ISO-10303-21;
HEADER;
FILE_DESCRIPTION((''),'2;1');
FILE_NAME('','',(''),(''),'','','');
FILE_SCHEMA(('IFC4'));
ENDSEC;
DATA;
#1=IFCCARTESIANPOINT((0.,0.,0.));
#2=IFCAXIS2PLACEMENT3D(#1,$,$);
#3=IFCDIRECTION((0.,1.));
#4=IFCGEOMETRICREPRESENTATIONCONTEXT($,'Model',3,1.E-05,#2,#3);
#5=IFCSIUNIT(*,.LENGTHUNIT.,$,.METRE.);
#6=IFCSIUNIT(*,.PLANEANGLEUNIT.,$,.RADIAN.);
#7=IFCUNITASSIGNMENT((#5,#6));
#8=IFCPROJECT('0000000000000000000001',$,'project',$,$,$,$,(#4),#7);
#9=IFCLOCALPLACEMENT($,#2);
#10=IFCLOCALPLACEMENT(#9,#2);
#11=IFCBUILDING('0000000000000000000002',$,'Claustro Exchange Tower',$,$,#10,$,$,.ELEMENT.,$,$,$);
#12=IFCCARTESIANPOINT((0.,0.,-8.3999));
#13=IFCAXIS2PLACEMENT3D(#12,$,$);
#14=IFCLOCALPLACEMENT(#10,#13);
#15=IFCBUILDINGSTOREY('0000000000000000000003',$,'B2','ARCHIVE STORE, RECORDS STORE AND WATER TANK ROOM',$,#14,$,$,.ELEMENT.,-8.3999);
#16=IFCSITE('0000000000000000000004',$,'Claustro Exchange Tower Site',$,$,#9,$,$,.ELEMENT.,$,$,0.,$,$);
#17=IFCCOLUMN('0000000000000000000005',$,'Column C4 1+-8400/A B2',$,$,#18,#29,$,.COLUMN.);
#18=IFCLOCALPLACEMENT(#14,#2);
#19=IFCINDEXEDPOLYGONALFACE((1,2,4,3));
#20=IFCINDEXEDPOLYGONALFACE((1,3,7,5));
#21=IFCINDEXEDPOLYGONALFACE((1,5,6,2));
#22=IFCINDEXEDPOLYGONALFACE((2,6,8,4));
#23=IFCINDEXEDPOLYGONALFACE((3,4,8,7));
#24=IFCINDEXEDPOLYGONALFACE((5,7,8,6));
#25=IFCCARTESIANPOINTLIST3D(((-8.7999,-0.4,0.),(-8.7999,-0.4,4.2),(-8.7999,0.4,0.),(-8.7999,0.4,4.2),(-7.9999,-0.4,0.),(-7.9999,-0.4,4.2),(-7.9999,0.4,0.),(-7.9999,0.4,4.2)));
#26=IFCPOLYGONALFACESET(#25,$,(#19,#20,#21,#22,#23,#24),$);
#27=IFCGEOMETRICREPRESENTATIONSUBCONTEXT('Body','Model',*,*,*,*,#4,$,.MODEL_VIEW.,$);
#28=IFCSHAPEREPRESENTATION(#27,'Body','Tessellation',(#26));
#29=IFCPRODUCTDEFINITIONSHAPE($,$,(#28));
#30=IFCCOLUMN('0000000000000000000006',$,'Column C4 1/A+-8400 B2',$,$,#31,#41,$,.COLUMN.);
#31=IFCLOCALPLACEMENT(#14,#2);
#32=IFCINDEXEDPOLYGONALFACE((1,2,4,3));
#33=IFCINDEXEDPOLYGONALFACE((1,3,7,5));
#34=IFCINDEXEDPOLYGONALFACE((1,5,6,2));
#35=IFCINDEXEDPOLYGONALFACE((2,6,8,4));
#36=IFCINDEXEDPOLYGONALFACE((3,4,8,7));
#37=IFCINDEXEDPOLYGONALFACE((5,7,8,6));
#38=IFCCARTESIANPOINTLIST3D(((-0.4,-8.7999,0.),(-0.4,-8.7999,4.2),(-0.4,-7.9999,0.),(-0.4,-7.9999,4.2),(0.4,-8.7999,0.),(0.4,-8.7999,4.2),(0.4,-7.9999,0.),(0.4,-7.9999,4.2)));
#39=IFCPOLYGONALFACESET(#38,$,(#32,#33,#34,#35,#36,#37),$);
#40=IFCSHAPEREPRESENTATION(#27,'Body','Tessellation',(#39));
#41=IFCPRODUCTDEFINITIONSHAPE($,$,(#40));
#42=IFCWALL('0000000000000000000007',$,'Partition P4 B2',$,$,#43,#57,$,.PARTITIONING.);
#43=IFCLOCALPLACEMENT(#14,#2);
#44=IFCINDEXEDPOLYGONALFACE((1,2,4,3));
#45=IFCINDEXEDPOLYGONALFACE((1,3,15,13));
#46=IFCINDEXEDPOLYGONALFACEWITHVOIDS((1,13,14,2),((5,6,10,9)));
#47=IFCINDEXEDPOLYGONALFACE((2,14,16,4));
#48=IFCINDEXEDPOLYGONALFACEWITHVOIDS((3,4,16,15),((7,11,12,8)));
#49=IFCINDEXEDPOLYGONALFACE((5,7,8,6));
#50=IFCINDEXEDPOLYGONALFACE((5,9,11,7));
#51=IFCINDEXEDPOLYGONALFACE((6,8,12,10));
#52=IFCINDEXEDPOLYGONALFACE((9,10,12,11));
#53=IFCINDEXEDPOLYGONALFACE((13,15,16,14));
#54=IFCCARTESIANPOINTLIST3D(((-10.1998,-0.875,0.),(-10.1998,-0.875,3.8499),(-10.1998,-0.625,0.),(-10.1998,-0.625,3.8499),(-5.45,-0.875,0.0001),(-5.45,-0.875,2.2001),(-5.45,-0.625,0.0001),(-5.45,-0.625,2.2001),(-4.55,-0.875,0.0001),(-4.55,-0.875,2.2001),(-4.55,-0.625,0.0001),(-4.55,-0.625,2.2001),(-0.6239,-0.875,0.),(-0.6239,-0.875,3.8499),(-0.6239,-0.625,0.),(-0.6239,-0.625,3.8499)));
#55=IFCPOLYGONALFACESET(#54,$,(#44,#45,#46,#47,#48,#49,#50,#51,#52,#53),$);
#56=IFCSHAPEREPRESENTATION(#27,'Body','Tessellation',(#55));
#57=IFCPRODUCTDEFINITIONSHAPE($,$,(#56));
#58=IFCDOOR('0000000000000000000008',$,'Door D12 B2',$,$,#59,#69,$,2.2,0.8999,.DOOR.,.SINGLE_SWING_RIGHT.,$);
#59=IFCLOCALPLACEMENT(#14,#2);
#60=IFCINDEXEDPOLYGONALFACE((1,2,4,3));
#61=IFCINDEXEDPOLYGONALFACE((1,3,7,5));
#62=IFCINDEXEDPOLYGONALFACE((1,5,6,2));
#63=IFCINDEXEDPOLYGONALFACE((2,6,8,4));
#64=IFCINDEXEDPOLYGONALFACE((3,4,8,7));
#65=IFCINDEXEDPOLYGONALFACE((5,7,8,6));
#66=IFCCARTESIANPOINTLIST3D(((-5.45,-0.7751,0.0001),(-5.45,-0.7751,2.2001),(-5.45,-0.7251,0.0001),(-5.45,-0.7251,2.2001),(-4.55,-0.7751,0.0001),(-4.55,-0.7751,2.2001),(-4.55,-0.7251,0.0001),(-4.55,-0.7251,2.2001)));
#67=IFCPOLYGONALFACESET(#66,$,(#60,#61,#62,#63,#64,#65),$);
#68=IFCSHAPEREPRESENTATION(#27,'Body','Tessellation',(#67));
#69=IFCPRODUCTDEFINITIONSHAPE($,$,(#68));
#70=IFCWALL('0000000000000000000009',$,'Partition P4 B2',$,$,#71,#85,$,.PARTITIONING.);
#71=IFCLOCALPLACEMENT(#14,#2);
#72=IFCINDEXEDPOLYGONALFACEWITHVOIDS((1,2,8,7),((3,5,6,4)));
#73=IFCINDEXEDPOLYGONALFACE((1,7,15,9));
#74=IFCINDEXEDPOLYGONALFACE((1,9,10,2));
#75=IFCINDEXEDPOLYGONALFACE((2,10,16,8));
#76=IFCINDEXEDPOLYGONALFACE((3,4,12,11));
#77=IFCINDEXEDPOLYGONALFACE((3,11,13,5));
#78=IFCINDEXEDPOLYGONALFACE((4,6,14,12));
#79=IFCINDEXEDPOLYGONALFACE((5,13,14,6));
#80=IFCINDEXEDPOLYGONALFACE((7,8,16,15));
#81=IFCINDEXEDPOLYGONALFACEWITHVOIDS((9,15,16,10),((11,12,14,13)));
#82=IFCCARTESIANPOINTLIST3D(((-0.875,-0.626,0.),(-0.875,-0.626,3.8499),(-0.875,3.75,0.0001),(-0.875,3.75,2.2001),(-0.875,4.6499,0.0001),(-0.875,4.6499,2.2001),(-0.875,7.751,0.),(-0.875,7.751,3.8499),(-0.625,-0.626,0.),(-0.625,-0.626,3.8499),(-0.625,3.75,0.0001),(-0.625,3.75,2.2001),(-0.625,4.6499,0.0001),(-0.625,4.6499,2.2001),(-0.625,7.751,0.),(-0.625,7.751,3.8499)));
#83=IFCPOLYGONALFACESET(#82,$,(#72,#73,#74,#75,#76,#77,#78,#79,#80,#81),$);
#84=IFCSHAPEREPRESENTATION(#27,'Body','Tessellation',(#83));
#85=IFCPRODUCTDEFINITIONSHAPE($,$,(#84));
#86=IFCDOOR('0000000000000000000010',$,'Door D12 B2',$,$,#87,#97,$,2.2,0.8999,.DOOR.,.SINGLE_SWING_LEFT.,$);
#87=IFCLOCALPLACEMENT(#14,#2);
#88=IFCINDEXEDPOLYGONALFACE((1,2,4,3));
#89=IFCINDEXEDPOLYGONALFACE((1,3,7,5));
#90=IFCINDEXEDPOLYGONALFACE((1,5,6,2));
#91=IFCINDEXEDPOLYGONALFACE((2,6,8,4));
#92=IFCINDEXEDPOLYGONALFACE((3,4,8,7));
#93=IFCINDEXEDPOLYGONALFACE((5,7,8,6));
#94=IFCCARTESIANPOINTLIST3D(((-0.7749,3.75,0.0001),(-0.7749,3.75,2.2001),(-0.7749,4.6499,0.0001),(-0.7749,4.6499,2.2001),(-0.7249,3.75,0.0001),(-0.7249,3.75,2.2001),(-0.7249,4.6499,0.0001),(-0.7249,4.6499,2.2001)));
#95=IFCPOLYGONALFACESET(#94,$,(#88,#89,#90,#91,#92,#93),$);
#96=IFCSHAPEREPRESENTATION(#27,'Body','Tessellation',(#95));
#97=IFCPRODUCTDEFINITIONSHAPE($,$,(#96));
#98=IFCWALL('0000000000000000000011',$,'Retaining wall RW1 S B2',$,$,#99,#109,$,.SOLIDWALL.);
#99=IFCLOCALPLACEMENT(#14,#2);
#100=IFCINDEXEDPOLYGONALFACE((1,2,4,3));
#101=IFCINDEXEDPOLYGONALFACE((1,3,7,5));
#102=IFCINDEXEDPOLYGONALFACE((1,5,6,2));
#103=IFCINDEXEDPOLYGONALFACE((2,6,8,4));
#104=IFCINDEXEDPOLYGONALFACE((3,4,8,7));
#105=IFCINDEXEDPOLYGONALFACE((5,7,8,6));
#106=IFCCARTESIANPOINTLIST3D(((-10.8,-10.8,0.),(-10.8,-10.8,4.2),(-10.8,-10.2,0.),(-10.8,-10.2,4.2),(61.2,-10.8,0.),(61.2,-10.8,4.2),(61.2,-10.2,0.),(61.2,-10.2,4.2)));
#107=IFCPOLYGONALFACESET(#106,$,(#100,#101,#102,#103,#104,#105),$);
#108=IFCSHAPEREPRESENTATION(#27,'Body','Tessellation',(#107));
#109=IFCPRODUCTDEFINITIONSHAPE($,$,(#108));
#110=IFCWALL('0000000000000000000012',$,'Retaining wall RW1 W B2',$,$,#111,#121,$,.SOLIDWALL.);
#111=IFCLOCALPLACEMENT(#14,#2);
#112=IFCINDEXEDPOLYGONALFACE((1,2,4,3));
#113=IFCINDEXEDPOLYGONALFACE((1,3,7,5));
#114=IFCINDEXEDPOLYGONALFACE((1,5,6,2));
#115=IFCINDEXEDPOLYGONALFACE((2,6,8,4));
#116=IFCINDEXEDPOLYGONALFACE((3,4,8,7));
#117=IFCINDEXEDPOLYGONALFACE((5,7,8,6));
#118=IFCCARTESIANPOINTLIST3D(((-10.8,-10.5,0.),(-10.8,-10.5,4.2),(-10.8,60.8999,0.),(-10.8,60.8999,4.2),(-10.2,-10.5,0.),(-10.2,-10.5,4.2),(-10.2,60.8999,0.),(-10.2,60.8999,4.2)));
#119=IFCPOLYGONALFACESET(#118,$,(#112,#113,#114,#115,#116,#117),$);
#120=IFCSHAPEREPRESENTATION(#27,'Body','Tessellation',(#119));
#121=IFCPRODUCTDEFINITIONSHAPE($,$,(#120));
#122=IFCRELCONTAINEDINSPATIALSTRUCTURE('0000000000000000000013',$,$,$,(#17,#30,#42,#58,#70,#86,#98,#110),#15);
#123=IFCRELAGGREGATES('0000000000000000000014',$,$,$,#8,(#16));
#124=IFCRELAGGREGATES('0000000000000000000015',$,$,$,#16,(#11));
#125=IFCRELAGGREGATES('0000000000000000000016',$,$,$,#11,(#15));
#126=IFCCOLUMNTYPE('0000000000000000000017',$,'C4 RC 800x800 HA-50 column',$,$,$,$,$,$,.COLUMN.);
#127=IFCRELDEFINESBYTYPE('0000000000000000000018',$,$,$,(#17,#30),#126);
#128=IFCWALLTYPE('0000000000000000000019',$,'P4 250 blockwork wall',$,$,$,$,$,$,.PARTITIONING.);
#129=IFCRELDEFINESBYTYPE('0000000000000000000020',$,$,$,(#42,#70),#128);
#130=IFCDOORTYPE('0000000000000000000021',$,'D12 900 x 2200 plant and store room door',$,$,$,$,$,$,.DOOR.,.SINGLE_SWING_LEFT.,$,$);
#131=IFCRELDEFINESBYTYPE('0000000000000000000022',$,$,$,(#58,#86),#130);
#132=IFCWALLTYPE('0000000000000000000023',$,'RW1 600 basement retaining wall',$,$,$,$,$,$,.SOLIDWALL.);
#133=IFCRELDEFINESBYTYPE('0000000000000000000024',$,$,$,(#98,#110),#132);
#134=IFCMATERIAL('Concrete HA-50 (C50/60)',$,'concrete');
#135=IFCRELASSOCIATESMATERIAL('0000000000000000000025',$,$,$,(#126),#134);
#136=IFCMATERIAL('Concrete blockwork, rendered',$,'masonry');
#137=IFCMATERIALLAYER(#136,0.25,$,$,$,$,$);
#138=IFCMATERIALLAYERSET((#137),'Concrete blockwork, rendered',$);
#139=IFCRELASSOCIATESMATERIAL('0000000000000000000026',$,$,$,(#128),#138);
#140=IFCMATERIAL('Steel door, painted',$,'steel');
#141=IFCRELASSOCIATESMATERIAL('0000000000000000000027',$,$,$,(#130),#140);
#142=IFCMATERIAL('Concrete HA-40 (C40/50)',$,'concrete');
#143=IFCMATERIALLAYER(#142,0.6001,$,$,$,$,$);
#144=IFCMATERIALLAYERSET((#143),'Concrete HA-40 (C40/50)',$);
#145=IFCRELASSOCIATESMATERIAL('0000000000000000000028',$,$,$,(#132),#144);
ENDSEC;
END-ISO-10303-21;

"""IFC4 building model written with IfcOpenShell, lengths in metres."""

from ifc_helpers import new_model, si_unit, direction, frame, frame_2d, origin, origin_2d, place, context, subcontext, project, spatial, rectangle, extrude, material, layer, layer_set, material_profile, profile_set, type_object, element, fill, save


model = new_model("IFC4")

# Units and contexts
model_context = context("Model", 3, precision=1e-05, world=origin(), true_north=direction((0.0, 1.0)))
body_context = subcontext(model_context, "Body", "Model", "MODEL_VIEW")
ifc_project = project(units=[si_unit("LENGTHUNIT", "METRE"), si_unit("PLANEANGLEUNIT", "RADIAN")], contexts=[model_context])

# Site, building, storey
site_placement = place(None, origin())
site = spatial("IfcSite", under=ifc_project, at=site_placement, Name="Claustro Exchange Tower Site", CompositionType="ELEMENT", RefElevation=0.0)
building_placement = place(site_placement, origin())
building = spatial("IfcBuilding", under=site, at=building_placement, Name="Claustro Exchange Tower", CompositionType="ELEMENT")
storey_placement = place(building_placement, frame((0.0, 0.0, -8.3999)))
storey = spatial("IfcBuildingStorey", under=building, at=storey_placement, Name="B2", Description="ARCHIVE STORE, RECORDS STORE AND WATER TANK ROOM", CompositionType="ELEMENT", Elevation=-8.3999)

# Columns
ifc_material_1 = material(Name="Concrete HA-50 (C50/60)", Category="concrete")
ifc_material_profile = material_profile(ifc_material_1, rectangle(XDim=0.8, YDim=0.8, at=origin_2d()), Name="RC 800x800")
ifc_profile_set = profile_set([ifc_material_profile], Name="Concrete HA-50 (C50/60)")
column_type = type_object("IfcColumnType", Name="C4 RC 800x800 HA-50 column", PredefinedType="COLUMN", material=ifc_profile_set)
for number, where, z_axis, x_axis, name in (
    (1, (-8.3999, 0.0, 0.0), (0.0, 0.0, 1.0), (1.0, 0.0, 0.0), "Column C4 1+-8400/A B2"),
    (2, (0.0, -8.3999, 0.0), (0.0, 0.0, 1.0), (1.0, 0.0, 0.0), "Column C4 1/A+-8400 B2"),
):
    element("IfcColumn", number, at=place(storey_placement, frame(where, z_axis=z_axis, x_axis=x_axis)), inside=storey, type_object=column_type, Name=name, PredefinedType="COLUMN", context=body_context, shape_type="SweptSolid", body=[
        extrude(rectangle(XDim=0.8, YDim=0.8, at=origin_2d()), origin(), (0.0, 0.0, 1.0), 4.2),
    ])

# Walls, openings, doors
ifc_material_2 = material(Name="Concrete blockwork, rendered", Category="masonry")
ifc_layer_1 = layer(ifc_material_2, 0.25)
ifc_layer_set_1 = layer_set([ifc_layer_1], Name="Concrete blockwork, rendered")
wall_type_1 = type_object("IfcWallType", Name="P4 250 blockwork wall", PredefinedType="PARTITIONING", material=ifc_layer_set_1)
wall_1_placement = place(storey_placement, frame((-10.2, -0.75, 0.0), z_axis=(0.0, 0.0, 1.0), x_axis=(1.0, 0.0, 0.0)))
wall_1 = element("IfcWall", 3, at=wall_1_placement, inside=storey, type_object=wall_type_1, Name="Partition P4 B2", PredefinedType="PARTITIONING", context=body_context, shape_type="SweptSolid", body=[
    extrude(rectangle(XDim=9.5759, YDim=0.25, at=frame_2d((4.7881, 0.0))), origin(), (0.0, 0.0, 1.0), 3.8499),
])
opening_1_placement = place(wall_1_placement, frame((4.75, 0.0, 0.0)))
opening_1 = element("IfcOpeningElement", 4, at=opening_1_placement, cuts=wall_1, PredefinedType="OPENING", context=body_context, shape_type="SweptSolid", body=[
    extrude(rectangle(XDim=0.8999, YDim=2.2, at=frame_2d((0.45, 1.1001))), frame((0.0, 0.135, 0.0), z_axis=(0.0, -1.0, 0.0), x_axis=(1.0, 0.0, 0.0)), (0.0, 0.0, 1.0), 0.27),
])
ifc_material_3 = material(Name="Steel door, painted", Category="steel")
door_type = type_object("IfcDoorType", Name="D12 900 x 2200 plant and store room door", OperationType="SINGLE_SWING_LEFT", PredefinedType="DOOR", material=ifc_material_3)
door_1_placement = place(opening_1_placement, origin())
door_1 = element("IfcDoor", 5, at=door_1_placement, inside=storey, type_object=door_type, Name="Door D12 B2", OperationType="SINGLE_SWING_RIGHT", OverallHeight=2.2, OverallWidth=0.8999, PredefinedType="DOOR", context=body_context, shape_type="SweptSolid", body=[
    extrude(rectangle(XDim=0.8999, YDim=2.2, at=frame_2d((0.45, 1.1001))), frame((0.0, 0.0249, 0.0), z_axis=(0.0, -1.0, 0.0), x_axis=(1.0, 0.0, 0.0)), (0.0, 0.0, 1.0), 0.05),
])
fill(opening_1, door_1)
wall_2_placement = place(storey_placement, frame((-0.75, -0.626, 0.0), z_axis=(0.0, 0.0, 1.0), x_axis=(0.0, 1.0, 0.0)))
wall_2 = element("IfcWall", 6, at=wall_2_placement, inside=storey, type_object=wall_type_1, Name="Partition P4 B2", PredefinedType="PARTITIONING", context=body_context, shape_type="SweptSolid", body=[
    extrude(rectangle(XDim=8.377, YDim=0.25, at=frame_2d((4.1885, 0.0))), origin(), (0.0, 0.0, 1.0), 3.8499),
])
opening_2_placement = place(wall_2_placement, frame((4.376, 0.0, 0.0)))
opening_2 = element("IfcOpeningElement", 7, at=opening_2_placement, cuts=wall_2, PredefinedType="OPENING", context=body_context, shape_type="SweptSolid", body=[
    extrude(rectangle(XDim=0.8999, YDim=2.2, at=frame_2d((0.45, 1.1001))), frame((0.0, 0.135, 0.0), z_axis=(0.0, -1.0, 0.0), x_axis=(1.0, 0.0, 0.0)), (0.0, 0.0, 1.0), 0.27),
])
door_2_placement = place(opening_2_placement, origin())
door_2 = element("IfcDoor", 8, at=door_2_placement, inside=storey, type_object=door_type, Name="Door D12 B2", OperationType="SINGLE_SWING_LEFT", OverallHeight=2.2, OverallWidth=0.8999, PredefinedType="DOOR", context=body_context, shape_type="SweptSolid", body=[
    extrude(rectangle(XDim=0.8999, YDim=2.2, at=frame_2d((0.45, 1.1001))), frame((0.0, 0.0249, 0.0), z_axis=(0.0, -1.0, 0.0), x_axis=(1.0, 0.0, 0.0)), (0.0, 0.0, 1.0), 0.05),
])
fill(opening_2, door_2)

# Walls
ifc_material_4 = material(Name="Concrete HA-40 (C40/50)", Category="concrete")
ifc_layer_2 = layer(ifc_material_4, 0.6001)
ifc_layer_set_2 = layer_set([ifc_layer_2], Name="Concrete HA-40 (C40/50)")
wall_type_2 = type_object("IfcWallType", Name="RW1 600 basement retaining wall", PredefinedType="SOLIDWALL", material=ifc_layer_set_2)
wall_3_placement = place(storey_placement, frame((-10.8, -10.5, 0.0), z_axis=(0.0, 0.0, 1.0), x_axis=(1.0, 0.0, 0.0)))
element("IfcWall", 9, at=wall_3_placement, inside=storey, type_object=wall_type_2, Name="Retaining wall RW1 S B2", PredefinedType="SOLIDWALL", context=body_context, shape_type="SweptSolid", body=[
    extrude(rectangle(XDim=72.0, YDim=0.6001, at=frame_2d((36.0, 0.0))), origin(), (0.0, 0.0, 1.0), 4.2),
])
wall_4_placement = place(storey_placement, frame((-10.5, -10.5, 0.0), z_axis=(0.0, 0.0, 1.0), x_axis=(0.0, 1.0, 0.0)))
element("IfcWall", 10, at=wall_4_placement, inside=storey, type_object=wall_type_2, Name="Retaining wall RW1 W B2", PredefinedType="SOLIDWALL", context=body_context, shape_type="SweptSolid", body=[
    extrude(rectangle(XDim=71.3999, YDim=0.6001, at=frame_2d((35.7, 0.0))), origin(), (0.0, 0.0, 1.0), 4.2),
])

save(model, "model.ifc")
